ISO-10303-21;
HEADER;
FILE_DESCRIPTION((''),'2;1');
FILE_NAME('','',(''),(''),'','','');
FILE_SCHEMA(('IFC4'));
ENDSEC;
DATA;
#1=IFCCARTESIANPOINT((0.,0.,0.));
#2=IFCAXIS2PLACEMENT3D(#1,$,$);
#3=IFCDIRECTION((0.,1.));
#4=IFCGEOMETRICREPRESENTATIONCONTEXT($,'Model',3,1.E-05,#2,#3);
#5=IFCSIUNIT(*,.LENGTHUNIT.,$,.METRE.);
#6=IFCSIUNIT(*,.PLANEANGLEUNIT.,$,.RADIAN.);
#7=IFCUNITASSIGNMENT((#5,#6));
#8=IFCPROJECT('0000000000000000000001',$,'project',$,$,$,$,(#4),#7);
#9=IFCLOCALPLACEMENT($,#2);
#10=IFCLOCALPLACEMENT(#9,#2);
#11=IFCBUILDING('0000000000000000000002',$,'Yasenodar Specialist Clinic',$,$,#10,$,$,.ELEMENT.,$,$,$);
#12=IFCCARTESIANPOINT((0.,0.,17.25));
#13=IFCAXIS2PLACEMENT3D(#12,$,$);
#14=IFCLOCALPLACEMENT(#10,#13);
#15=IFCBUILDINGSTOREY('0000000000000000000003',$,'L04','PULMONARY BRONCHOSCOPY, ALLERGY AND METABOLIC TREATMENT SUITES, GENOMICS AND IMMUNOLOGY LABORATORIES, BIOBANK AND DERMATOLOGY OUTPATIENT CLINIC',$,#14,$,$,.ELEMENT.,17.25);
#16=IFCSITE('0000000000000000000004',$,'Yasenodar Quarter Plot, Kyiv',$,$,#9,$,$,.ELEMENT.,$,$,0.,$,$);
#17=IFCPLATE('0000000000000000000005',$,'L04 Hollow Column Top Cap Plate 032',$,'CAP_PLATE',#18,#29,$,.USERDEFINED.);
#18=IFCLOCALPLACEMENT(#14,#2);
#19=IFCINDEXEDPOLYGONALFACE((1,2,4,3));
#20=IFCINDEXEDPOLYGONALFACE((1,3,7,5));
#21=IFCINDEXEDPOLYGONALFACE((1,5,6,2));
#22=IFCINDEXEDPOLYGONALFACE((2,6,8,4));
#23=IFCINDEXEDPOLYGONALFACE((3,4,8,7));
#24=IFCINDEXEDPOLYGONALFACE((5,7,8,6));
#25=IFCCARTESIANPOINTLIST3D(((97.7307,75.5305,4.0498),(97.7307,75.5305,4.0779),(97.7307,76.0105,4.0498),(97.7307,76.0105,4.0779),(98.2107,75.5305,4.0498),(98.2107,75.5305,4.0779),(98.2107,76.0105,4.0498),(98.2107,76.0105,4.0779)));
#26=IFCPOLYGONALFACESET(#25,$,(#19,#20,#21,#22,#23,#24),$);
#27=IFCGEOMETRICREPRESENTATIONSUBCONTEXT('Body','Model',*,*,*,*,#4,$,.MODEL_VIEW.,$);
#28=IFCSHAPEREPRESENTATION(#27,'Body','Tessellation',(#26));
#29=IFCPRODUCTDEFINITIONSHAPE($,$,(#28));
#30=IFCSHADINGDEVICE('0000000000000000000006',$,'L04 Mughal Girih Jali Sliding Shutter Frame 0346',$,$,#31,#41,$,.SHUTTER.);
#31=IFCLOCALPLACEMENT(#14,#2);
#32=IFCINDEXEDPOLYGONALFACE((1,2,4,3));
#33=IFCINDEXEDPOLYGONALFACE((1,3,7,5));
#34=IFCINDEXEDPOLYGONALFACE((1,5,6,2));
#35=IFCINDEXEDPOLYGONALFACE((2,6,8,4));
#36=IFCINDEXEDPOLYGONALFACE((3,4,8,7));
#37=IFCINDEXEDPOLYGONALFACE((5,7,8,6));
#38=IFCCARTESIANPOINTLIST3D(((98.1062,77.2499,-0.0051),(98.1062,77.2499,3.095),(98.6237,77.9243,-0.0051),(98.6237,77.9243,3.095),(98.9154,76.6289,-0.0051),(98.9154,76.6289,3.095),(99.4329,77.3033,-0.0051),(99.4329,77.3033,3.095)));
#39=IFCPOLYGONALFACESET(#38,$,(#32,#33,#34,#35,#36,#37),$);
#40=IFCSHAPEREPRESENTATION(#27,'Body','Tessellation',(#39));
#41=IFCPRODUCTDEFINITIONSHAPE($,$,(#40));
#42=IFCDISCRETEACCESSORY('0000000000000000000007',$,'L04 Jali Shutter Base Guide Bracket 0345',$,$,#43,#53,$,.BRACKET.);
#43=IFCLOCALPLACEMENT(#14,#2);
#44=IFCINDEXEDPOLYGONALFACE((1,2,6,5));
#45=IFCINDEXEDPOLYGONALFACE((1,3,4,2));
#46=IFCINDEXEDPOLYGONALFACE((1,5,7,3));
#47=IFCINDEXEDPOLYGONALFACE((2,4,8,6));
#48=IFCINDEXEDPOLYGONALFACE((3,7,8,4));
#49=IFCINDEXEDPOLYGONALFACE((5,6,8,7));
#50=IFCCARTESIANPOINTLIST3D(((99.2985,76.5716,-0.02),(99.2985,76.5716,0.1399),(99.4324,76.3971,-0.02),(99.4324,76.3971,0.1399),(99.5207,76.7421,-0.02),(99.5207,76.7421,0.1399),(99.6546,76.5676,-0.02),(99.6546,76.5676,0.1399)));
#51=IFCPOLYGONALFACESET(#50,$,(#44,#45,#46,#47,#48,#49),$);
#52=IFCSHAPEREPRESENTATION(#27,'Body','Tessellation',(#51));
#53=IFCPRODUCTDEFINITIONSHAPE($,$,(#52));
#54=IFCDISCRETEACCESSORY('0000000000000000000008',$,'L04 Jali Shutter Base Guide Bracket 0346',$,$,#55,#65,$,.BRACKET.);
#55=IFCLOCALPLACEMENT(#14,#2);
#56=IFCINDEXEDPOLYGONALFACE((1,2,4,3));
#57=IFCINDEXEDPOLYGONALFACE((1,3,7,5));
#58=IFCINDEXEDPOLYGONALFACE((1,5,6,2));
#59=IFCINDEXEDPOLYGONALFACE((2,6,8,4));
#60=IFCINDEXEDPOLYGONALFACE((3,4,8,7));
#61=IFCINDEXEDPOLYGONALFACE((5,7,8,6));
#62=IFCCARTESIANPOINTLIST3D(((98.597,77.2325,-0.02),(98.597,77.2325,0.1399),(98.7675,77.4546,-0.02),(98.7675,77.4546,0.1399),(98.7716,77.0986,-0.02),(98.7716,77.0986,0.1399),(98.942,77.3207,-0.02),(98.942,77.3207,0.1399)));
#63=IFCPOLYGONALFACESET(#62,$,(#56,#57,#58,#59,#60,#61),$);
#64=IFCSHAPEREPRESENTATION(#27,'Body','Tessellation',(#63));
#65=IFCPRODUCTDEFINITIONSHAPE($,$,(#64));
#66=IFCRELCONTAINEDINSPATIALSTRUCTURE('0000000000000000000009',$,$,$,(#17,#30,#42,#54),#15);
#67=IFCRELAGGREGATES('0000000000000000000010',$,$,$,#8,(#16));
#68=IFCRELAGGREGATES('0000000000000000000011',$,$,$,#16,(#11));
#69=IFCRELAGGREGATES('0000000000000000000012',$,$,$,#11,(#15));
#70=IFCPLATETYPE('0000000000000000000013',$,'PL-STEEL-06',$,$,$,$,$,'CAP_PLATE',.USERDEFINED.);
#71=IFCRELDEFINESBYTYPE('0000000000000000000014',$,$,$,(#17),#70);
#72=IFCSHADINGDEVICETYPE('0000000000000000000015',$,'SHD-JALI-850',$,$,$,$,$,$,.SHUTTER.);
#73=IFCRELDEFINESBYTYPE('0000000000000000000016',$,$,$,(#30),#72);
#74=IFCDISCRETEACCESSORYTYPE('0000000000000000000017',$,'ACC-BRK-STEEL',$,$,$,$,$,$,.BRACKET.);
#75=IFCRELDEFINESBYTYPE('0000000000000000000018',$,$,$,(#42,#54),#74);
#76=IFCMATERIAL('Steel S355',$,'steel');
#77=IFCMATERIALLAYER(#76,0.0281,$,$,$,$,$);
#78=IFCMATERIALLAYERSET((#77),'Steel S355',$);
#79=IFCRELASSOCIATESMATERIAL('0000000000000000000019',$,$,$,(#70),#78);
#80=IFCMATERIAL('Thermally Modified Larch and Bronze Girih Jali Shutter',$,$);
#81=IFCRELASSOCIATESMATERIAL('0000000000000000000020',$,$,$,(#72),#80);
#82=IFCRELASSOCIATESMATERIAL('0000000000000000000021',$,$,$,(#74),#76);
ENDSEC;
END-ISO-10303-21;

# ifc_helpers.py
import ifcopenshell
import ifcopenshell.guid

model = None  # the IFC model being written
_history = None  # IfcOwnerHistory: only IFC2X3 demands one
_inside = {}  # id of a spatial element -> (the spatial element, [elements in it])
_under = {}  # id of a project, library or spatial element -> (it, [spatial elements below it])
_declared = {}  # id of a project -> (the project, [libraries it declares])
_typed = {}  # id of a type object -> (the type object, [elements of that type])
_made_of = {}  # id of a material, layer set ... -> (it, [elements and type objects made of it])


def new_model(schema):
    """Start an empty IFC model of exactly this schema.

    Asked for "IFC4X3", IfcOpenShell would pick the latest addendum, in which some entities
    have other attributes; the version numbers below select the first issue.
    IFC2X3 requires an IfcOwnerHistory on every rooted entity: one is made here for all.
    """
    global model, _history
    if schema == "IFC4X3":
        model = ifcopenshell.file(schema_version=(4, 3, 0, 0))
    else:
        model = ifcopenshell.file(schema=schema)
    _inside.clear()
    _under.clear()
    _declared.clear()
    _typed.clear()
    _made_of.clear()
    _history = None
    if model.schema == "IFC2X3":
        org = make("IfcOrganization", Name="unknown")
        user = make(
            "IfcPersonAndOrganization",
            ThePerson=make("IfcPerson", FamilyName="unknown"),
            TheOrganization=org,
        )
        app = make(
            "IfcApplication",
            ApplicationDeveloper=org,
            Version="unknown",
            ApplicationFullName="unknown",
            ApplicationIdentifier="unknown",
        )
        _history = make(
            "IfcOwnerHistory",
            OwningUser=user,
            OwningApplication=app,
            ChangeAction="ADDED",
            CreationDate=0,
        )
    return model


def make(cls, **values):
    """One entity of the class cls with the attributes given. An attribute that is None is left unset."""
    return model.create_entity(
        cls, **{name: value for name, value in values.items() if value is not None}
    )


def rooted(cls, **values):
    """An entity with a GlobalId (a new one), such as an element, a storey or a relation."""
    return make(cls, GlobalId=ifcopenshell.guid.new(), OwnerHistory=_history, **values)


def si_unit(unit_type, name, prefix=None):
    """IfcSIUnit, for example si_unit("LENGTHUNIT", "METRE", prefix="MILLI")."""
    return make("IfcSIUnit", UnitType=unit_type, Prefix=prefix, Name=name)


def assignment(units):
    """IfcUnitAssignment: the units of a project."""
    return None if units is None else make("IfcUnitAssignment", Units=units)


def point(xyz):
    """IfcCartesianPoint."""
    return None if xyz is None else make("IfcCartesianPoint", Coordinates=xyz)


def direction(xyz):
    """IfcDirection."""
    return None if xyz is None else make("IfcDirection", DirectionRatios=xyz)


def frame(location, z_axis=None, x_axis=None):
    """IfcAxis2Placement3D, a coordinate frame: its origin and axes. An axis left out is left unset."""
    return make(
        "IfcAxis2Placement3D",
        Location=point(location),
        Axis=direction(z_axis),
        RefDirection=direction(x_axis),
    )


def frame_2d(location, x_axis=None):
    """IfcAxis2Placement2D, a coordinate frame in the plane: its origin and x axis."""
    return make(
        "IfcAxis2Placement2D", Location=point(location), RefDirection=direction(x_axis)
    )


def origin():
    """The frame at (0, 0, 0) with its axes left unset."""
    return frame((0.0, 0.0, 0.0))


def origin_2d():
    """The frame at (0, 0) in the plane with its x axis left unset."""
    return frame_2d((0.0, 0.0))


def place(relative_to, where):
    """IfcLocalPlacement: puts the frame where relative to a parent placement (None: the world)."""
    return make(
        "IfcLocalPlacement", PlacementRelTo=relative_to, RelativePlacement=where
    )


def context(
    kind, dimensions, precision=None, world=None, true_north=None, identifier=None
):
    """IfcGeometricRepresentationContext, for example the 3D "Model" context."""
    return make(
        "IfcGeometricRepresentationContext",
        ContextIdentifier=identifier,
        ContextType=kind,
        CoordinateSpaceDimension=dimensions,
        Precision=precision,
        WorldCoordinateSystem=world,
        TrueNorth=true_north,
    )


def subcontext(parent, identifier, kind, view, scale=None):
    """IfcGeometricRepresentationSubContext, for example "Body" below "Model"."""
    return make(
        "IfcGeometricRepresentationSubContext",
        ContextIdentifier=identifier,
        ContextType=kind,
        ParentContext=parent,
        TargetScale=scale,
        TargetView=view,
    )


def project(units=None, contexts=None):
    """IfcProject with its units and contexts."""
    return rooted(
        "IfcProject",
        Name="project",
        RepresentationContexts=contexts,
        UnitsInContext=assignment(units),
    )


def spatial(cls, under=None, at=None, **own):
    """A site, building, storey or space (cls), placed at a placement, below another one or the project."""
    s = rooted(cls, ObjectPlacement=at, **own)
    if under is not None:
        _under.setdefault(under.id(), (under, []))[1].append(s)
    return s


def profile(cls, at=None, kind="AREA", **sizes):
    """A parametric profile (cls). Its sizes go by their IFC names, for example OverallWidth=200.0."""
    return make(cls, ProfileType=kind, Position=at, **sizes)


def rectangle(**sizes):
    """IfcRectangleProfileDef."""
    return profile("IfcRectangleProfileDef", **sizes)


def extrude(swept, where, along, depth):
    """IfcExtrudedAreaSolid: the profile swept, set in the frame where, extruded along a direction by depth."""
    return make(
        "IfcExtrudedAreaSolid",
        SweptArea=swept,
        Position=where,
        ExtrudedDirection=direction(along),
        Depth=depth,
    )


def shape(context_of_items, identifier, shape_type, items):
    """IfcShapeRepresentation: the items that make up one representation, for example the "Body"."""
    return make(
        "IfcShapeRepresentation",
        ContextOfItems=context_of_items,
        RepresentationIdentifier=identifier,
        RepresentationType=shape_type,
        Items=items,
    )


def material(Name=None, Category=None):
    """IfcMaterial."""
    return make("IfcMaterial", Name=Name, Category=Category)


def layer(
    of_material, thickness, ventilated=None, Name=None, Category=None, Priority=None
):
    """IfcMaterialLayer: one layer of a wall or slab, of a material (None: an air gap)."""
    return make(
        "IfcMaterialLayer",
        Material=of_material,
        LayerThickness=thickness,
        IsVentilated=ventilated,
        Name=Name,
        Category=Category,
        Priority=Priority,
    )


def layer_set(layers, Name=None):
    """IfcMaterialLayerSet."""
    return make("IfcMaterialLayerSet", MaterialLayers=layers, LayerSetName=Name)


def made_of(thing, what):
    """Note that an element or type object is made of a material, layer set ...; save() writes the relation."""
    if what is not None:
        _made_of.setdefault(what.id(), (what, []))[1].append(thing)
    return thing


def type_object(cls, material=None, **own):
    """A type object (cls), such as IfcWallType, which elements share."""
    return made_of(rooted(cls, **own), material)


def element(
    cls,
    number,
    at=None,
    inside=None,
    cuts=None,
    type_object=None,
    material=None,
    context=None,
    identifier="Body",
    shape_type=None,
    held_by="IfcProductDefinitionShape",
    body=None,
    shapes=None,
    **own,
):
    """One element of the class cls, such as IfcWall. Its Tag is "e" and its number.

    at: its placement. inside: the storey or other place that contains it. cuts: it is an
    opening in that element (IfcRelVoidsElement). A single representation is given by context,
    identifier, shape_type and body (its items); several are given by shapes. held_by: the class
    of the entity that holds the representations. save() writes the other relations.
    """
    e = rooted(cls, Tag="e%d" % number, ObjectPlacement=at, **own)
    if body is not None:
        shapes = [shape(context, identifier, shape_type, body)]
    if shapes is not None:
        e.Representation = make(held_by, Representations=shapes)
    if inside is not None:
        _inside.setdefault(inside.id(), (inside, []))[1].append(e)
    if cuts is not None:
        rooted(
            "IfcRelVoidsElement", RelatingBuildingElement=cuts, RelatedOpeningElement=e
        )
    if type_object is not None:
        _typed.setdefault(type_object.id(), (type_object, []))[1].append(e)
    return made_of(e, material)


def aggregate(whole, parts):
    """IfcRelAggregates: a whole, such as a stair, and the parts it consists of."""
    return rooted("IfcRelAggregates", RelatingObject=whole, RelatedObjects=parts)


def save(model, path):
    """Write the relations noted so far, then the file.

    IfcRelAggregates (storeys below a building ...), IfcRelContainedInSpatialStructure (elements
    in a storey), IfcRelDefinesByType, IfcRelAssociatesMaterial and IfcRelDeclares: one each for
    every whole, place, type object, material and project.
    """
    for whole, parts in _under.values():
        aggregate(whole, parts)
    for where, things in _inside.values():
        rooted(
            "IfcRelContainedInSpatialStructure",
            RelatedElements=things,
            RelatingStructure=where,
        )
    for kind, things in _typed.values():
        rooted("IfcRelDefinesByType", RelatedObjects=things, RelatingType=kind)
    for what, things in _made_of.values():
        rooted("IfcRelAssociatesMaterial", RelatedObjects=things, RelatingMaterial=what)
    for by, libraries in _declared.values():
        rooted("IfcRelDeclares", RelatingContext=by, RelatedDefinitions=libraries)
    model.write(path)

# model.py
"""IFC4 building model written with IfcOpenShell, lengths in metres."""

from ifc_helpers import new_model, si_unit, direction, frame, origin, origin_2d, place, context, subcontext, project, spatial, rectangle, extrude, material, layer, layer_set, type_object, element, save


model = new_model("IFC4")

# Units and contexts
model_context = context("Model", 3, precision=1e-05, world=origin(), true_north=direction((0.0, 1.0)))
body_context = subcontext(model_context, "Body", "Model", "MODEL_VIEW")
ifc_project = project(units=[si_unit("LENGTHUNIT", "METRE"), si_unit("PLANEANGLEUNIT", "RADIAN")], contexts=[model_context])

# Site, building, storey
site_placement = place(None, origin())
site = spatial("IfcSite", under=ifc_project, at=site_placement, Name="Yasenodar Quarter Plot, Kyiv", CompositionType="ELEMENT", RefElevation=0.0)
building_placement = place(site_placement, origin())
building = spatial("IfcBuilding", under=site, at=building_placement, Name="Yasenodar Specialist Clinic", CompositionType="ELEMENT")
storey_placement = place(building_placement, frame((0.0, 0.0, 17.25)))
storey = spatial("IfcBuildingStorey", under=building, at=storey_placement, Name="L04", Description="PULMONARY BRONCHOSCOPY, ALLERGY AND METABOLIC TREATMENT SUITES, GENOMICS AND IMMUNOLOGY LABORATORIES, BIOBANK AND DERMATOLOGY OUTPATIENT CLINIC", CompositionType="ELEMENT", Elevation=17.25)

# Shared definitions
ifc_material_1 = material(Name="Steel S355", Category="steel")

# Plate
ifc_layer_1 = layer(ifc_material_1, 0.0281)
ifc_layer_set_1 = layer_set([ifc_layer_1], Name="Steel S355")
plate_type_1 = type_object("IfcPlateType", Name="PL-STEEL-06", ElementType="CAP_PLATE", PredefinedType="USERDEFINED", material=ifc_layer_set_1)
plate_1_placement = place(storey_placement, frame((97.9707, 75.7705, 4.0498), z_axis=(0.0, 0.0, 1.0), x_axis=(1.0, 0.0, 0.0)))
element("IfcPlate", 1, at=plate_1_placement, inside=storey, type_object=plate_type_1, Name="L04 Hollow Column Top Cap Plate 032", ObjectType="CAP_PLATE", PredefinedType="USERDEFINED", context=body_context, shape_type="SweptSolid", body=[
    extrude(rectangle(XDim=0.48, YDim=0.48, at=origin_2d()), origin(), (0.0, 0.0, 1.0), 0.0281),
])

# Shading device
ifc_material_2 = material(Name="Thermally Modified Larch and Bronze Girih Jali Shutter")
shading_device_type = type_object("IfcShadingDeviceType", Name="SHD-JALI-850", PredefinedType="SHUTTER", material=ifc_material_2)
shading_device_placement = place(storey_placement, frame((98.7695, 77.2766, -0.0051), z_axis=(0.0, 0.0, 1.0), x_axis=(-0.793351, 0.608764, 0.0)))
element("IfcShadingDevice", 2, at=shading_device_placement, inside=storey, type_object=shading_device_type, Name="L04 Mughal Girih Jali Sliding Shutter Frame 0346", PredefinedType="SHUTTER", context=body_context, shape_type="SweptSolid", body=[
    extrude(rectangle(XDim=1.02, YDim=0.8501, at=origin_2d()), origin(), (0.0, 0.0, 1.0), 3.1001),
])

# Discrete accessories
discrete_accessory_type = type_object("IfcDiscreteAccessoryType", Name="ACC-BRK-STEEL", PredefinedType="BRACKET", material=ifc_material_1)
for number, where, z_axis, x_axis, name in (
    (3, (99.4766, 76.5696, -0.02), (0.0, 0.0, 1.0), (-0.608764, 0.793351, 0.0), "L04 Jali Shutter Base Guide Bracket 0345"),
    (4, (98.7695, 77.2766, -0.02), (0.0, 0.0, 1.0), (-0.793351, 0.608764, 0.0), "L04 Jali Shutter Base Guide Bracket 0346"),
):
    element("IfcDiscreteAccessory", number, at=place(storey_placement, frame(where, z_axis=z_axis, x_axis=x_axis)), inside=storey, type_object=discrete_accessory_type, Name=name, PredefinedType="BRACKET", context=body_context, shape_type="SweptSolid", body=[
        extrude(rectangle(XDim=0.22, YDim=0.28, at=origin_2d()), origin(), (0.0, 0.0, 1.0), 0.1599),
    ])

save(model, "model.ifc")
